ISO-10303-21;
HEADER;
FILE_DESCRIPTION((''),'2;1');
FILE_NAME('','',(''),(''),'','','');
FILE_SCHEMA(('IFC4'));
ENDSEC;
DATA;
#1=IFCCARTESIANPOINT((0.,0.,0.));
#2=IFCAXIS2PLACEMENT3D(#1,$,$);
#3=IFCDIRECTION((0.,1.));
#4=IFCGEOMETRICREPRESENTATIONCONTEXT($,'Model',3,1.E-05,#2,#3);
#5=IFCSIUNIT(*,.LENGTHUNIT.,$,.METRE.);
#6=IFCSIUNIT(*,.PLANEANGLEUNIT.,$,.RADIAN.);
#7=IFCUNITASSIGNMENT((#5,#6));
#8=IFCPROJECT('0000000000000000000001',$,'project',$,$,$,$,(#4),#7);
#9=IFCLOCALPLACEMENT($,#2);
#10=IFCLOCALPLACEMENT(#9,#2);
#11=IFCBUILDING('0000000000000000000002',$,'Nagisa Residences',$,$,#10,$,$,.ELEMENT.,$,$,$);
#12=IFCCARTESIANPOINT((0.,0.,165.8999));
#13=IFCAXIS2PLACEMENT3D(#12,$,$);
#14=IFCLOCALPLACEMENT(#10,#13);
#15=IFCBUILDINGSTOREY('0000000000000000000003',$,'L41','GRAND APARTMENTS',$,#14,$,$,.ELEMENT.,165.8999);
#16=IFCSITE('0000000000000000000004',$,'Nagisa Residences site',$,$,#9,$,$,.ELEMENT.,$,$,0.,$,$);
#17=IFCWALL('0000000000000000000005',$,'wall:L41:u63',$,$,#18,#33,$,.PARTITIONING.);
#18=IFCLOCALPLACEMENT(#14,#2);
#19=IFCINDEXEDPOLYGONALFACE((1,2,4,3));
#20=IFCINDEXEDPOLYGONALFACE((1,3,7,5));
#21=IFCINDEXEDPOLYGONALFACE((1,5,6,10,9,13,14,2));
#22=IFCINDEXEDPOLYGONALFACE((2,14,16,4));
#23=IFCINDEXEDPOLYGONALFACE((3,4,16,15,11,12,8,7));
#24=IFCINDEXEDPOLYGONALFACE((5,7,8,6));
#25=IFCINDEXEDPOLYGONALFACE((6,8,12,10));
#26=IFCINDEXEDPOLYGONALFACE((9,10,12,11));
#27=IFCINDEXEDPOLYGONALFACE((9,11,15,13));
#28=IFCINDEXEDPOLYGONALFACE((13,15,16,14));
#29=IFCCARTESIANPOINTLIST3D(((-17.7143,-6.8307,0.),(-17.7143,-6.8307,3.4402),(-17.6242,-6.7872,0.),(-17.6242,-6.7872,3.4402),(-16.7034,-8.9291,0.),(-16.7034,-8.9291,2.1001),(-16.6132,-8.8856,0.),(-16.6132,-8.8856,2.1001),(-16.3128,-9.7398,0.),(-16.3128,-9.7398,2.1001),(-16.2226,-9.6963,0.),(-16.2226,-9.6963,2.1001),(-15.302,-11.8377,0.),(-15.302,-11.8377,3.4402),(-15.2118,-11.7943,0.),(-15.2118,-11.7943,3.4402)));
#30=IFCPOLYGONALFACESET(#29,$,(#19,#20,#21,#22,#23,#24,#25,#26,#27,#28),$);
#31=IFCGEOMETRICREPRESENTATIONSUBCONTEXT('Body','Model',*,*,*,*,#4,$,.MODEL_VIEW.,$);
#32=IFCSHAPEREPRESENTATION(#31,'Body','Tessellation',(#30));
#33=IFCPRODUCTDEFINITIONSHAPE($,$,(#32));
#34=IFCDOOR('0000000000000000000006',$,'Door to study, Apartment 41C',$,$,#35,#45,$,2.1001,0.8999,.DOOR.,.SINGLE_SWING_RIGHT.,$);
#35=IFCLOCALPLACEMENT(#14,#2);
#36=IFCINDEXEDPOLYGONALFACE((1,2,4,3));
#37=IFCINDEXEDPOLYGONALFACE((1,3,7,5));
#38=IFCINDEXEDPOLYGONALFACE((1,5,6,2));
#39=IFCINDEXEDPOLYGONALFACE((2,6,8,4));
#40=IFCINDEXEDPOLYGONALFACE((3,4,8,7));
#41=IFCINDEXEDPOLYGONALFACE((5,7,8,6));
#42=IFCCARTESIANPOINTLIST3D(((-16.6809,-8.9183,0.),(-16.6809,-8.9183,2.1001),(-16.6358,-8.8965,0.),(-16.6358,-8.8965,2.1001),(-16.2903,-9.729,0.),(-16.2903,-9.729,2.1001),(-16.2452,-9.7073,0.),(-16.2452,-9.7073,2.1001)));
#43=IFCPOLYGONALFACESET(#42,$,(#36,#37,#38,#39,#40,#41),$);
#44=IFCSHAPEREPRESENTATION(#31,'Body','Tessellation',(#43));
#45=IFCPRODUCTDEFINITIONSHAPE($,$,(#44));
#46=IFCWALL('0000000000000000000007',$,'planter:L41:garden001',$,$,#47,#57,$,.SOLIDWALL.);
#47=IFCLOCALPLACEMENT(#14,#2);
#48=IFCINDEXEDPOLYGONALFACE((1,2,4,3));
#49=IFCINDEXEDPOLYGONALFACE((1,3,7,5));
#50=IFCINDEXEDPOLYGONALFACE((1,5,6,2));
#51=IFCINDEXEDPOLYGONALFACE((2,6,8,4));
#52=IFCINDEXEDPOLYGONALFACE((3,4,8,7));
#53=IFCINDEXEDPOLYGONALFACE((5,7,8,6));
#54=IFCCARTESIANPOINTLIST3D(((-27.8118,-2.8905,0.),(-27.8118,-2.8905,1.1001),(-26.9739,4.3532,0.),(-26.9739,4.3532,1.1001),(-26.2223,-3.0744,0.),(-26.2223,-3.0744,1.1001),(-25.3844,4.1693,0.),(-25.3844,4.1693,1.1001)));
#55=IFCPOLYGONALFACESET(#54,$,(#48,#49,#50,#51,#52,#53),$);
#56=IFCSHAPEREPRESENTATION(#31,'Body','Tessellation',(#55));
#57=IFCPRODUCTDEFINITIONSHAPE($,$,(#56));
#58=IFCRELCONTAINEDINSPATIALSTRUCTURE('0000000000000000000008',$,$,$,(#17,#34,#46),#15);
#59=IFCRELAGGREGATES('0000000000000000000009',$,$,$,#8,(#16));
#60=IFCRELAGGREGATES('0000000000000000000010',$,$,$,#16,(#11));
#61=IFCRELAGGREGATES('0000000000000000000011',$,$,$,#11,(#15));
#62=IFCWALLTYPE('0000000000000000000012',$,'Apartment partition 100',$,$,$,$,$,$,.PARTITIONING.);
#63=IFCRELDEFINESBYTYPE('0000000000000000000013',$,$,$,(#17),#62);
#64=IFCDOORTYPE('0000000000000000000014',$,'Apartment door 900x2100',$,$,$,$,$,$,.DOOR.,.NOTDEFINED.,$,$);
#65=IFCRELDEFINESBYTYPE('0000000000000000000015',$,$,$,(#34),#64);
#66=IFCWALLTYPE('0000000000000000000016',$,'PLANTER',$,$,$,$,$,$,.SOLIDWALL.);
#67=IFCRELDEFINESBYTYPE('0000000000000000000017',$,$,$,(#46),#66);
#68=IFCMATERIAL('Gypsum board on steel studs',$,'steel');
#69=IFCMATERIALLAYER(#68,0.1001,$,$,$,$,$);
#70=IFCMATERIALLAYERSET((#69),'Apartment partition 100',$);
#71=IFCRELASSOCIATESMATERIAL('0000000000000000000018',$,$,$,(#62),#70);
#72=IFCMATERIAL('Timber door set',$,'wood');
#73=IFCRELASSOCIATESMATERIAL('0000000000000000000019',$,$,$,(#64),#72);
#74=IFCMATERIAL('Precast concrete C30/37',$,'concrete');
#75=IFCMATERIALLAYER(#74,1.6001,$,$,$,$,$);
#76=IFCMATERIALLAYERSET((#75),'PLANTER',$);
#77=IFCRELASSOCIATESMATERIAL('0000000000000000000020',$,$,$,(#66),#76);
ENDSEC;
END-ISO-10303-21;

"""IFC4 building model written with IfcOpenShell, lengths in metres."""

from ifc_helpers import new_model, si_unit, direction, frame, frame_2d, origin, place, context, subcontext, project, spatial, rectangle, extrude, material, layer, layer_set, type_object, element, fill, save


model = new_model("IFC4")

# Units and contexts
model_context = context("Model", 3, precision=1e-05, world=origin(), true_north=direction((0.0, 1.0)))
body_context = subcontext(model_context, "Body", "Model", "MODEL_VIEW")
ifc_project = project(units=[si_unit("LENGTHUNIT", "METRE"), si_unit("PLANEANGLEUNIT", "RADIAN")], contexts=[model_context])

# Site, building, storey
site_placement = place(None, origin())
site = spatial("IfcSite", under=ifc_project, at=site_placement, Name="Nagisa Residences site", CompositionType="ELEMENT", RefElevation=0.0)
building_placement = place(site_placement, origin())
building = spatial("IfcBuilding", under=site, at=building_placement, Name="Nagisa Residences", CompositionType="ELEMENT")
storey_placement = place(building_placement, frame((0.0, 0.0, 165.8999)))
storey = spatial("IfcBuildingStorey", under=building, at=storey_placement, Name="L41", Description="GRAND APARTMENTS", CompositionType="ELEMENT", Elevation=165.8999)

# Shared definitions
ifc_material_1 = material(Name="Gypsum board on steel studs", Category="steel")
ifc_layer_1 = layer(ifc_material_1, 0.1001)
ifc_layer_set_1 = layer_set([ifc_layer_1], Name="Apartment partition 100")
wall_type_1 = type_object("IfcWallType", Name="Apartment partition 100", PredefinedType="PARTITIONING", material=ifc_layer_set_1)

# Shared definitions
ifc_material_2 = material(Name="Timber door set", Category="wood")
door_type_1 = type_object("IfcDoorType", Name="Apartment door 900x2100", OperationType="NOTDEFINED", PredefinedType="DOOR", material=ifc_material_2)

# Wall, opening, door
wall_1_placement = place(storey_placement, frame((-17.6692, -6.8091, 0.0), z_axis=(0.0, 0.0, 1.0), x_axis=(0.43404, -0.900894, 0.0)))
wall_1 = element("IfcWall", 1, at=wall_1_placement, inside=storey, type_object=wall_type_1, Name="wall:L41:u63", PredefinedType="PARTITIONING", context=body_context, shape_type="SweptSolid", body=[
    extrude(rectangle(XDim=5.5579, YDim=0.1001, at=frame_2d((2.7788, 0.0))), origin(), (0.0, 0.0, 1.0), 3.4402),
])
opening_1_placement = place(wall_1_placement, frame((2.3291, 0.0, 0.0)))
opening_1 = element("IfcOpeningElement", 2, at=opening_1_placement, cuts=wall_1, PredefinedType="OPENING", context=body_context, shape_type="SweptSolid", body=[
    extrude(rectangle(XDim=0.8999, YDim=2.1001, at=frame_2d((0.45, 1.05))), frame((0.0, 0.0601, 0.0), z_axis=(0.0, -1.0, 0.0), x_axis=(1.0, 0.0, 0.0)), (0.0, 0.0, 1.0), 0.1201),
])
door_1_placement = place(opening_1_placement, origin())
door_1 = element("IfcDoor", 3, at=door_1_placement, inside=storey, type_object=door_type_1, Name="Door to study, Apartment 41C", OperationType="SINGLE_SWING_RIGHT", OverallHeight=2.1001, OverallWidth=0.8999, PredefinedType="DOOR", context=body_context, shape_type="SweptSolid", body=[
    extrude(rectangle(XDim=0.8999, YDim=2.1001, at=frame_2d((0.45, 1.05))), frame((0.0, 0.0249, 0.0), z_axis=(0.0, -1.0, 0.0), x_axis=(1.0, 0.0, 0.0)), (0.0, 0.0, 1.0), 0.05),
])
fill(opening_1, door_1)

# Wall
ifc_material_3 = material(Name="Precast concrete C30/37", Category="concrete")
ifc_layer_2 = layer(ifc_material_3, 1.6001)
ifc_layer_set_2 = layer_set([ifc_layer_2], Name="PLANTER")
wall_type_2 = type_object("IfcWallType", Name="PLANTER", PredefinedType="SOLIDWALL", material=ifc_layer_set_2)
wall_2_placement = place(storey_placement, frame((-27.0171, -2.9824, 0.0), z_axis=(0.0, 0.0, 1.0), x_axis=(0.114906, 0.993376, 0.0)))
element("IfcWall", 4, at=wall_2_placement, inside=storey, type_object=wall_type_2, Name="planter:L41:garden001", PredefinedType="SOLIDWALL", context=body_context, shape_type="SweptSolid", body=[
    extrude(rectangle(XDim=7.292, YDim=1.6001, at=frame_2d((3.646, 0.0))), origin(), (0.0, 0.0, 1.0), 1.1001),
])

save(model, "model.ifc")
